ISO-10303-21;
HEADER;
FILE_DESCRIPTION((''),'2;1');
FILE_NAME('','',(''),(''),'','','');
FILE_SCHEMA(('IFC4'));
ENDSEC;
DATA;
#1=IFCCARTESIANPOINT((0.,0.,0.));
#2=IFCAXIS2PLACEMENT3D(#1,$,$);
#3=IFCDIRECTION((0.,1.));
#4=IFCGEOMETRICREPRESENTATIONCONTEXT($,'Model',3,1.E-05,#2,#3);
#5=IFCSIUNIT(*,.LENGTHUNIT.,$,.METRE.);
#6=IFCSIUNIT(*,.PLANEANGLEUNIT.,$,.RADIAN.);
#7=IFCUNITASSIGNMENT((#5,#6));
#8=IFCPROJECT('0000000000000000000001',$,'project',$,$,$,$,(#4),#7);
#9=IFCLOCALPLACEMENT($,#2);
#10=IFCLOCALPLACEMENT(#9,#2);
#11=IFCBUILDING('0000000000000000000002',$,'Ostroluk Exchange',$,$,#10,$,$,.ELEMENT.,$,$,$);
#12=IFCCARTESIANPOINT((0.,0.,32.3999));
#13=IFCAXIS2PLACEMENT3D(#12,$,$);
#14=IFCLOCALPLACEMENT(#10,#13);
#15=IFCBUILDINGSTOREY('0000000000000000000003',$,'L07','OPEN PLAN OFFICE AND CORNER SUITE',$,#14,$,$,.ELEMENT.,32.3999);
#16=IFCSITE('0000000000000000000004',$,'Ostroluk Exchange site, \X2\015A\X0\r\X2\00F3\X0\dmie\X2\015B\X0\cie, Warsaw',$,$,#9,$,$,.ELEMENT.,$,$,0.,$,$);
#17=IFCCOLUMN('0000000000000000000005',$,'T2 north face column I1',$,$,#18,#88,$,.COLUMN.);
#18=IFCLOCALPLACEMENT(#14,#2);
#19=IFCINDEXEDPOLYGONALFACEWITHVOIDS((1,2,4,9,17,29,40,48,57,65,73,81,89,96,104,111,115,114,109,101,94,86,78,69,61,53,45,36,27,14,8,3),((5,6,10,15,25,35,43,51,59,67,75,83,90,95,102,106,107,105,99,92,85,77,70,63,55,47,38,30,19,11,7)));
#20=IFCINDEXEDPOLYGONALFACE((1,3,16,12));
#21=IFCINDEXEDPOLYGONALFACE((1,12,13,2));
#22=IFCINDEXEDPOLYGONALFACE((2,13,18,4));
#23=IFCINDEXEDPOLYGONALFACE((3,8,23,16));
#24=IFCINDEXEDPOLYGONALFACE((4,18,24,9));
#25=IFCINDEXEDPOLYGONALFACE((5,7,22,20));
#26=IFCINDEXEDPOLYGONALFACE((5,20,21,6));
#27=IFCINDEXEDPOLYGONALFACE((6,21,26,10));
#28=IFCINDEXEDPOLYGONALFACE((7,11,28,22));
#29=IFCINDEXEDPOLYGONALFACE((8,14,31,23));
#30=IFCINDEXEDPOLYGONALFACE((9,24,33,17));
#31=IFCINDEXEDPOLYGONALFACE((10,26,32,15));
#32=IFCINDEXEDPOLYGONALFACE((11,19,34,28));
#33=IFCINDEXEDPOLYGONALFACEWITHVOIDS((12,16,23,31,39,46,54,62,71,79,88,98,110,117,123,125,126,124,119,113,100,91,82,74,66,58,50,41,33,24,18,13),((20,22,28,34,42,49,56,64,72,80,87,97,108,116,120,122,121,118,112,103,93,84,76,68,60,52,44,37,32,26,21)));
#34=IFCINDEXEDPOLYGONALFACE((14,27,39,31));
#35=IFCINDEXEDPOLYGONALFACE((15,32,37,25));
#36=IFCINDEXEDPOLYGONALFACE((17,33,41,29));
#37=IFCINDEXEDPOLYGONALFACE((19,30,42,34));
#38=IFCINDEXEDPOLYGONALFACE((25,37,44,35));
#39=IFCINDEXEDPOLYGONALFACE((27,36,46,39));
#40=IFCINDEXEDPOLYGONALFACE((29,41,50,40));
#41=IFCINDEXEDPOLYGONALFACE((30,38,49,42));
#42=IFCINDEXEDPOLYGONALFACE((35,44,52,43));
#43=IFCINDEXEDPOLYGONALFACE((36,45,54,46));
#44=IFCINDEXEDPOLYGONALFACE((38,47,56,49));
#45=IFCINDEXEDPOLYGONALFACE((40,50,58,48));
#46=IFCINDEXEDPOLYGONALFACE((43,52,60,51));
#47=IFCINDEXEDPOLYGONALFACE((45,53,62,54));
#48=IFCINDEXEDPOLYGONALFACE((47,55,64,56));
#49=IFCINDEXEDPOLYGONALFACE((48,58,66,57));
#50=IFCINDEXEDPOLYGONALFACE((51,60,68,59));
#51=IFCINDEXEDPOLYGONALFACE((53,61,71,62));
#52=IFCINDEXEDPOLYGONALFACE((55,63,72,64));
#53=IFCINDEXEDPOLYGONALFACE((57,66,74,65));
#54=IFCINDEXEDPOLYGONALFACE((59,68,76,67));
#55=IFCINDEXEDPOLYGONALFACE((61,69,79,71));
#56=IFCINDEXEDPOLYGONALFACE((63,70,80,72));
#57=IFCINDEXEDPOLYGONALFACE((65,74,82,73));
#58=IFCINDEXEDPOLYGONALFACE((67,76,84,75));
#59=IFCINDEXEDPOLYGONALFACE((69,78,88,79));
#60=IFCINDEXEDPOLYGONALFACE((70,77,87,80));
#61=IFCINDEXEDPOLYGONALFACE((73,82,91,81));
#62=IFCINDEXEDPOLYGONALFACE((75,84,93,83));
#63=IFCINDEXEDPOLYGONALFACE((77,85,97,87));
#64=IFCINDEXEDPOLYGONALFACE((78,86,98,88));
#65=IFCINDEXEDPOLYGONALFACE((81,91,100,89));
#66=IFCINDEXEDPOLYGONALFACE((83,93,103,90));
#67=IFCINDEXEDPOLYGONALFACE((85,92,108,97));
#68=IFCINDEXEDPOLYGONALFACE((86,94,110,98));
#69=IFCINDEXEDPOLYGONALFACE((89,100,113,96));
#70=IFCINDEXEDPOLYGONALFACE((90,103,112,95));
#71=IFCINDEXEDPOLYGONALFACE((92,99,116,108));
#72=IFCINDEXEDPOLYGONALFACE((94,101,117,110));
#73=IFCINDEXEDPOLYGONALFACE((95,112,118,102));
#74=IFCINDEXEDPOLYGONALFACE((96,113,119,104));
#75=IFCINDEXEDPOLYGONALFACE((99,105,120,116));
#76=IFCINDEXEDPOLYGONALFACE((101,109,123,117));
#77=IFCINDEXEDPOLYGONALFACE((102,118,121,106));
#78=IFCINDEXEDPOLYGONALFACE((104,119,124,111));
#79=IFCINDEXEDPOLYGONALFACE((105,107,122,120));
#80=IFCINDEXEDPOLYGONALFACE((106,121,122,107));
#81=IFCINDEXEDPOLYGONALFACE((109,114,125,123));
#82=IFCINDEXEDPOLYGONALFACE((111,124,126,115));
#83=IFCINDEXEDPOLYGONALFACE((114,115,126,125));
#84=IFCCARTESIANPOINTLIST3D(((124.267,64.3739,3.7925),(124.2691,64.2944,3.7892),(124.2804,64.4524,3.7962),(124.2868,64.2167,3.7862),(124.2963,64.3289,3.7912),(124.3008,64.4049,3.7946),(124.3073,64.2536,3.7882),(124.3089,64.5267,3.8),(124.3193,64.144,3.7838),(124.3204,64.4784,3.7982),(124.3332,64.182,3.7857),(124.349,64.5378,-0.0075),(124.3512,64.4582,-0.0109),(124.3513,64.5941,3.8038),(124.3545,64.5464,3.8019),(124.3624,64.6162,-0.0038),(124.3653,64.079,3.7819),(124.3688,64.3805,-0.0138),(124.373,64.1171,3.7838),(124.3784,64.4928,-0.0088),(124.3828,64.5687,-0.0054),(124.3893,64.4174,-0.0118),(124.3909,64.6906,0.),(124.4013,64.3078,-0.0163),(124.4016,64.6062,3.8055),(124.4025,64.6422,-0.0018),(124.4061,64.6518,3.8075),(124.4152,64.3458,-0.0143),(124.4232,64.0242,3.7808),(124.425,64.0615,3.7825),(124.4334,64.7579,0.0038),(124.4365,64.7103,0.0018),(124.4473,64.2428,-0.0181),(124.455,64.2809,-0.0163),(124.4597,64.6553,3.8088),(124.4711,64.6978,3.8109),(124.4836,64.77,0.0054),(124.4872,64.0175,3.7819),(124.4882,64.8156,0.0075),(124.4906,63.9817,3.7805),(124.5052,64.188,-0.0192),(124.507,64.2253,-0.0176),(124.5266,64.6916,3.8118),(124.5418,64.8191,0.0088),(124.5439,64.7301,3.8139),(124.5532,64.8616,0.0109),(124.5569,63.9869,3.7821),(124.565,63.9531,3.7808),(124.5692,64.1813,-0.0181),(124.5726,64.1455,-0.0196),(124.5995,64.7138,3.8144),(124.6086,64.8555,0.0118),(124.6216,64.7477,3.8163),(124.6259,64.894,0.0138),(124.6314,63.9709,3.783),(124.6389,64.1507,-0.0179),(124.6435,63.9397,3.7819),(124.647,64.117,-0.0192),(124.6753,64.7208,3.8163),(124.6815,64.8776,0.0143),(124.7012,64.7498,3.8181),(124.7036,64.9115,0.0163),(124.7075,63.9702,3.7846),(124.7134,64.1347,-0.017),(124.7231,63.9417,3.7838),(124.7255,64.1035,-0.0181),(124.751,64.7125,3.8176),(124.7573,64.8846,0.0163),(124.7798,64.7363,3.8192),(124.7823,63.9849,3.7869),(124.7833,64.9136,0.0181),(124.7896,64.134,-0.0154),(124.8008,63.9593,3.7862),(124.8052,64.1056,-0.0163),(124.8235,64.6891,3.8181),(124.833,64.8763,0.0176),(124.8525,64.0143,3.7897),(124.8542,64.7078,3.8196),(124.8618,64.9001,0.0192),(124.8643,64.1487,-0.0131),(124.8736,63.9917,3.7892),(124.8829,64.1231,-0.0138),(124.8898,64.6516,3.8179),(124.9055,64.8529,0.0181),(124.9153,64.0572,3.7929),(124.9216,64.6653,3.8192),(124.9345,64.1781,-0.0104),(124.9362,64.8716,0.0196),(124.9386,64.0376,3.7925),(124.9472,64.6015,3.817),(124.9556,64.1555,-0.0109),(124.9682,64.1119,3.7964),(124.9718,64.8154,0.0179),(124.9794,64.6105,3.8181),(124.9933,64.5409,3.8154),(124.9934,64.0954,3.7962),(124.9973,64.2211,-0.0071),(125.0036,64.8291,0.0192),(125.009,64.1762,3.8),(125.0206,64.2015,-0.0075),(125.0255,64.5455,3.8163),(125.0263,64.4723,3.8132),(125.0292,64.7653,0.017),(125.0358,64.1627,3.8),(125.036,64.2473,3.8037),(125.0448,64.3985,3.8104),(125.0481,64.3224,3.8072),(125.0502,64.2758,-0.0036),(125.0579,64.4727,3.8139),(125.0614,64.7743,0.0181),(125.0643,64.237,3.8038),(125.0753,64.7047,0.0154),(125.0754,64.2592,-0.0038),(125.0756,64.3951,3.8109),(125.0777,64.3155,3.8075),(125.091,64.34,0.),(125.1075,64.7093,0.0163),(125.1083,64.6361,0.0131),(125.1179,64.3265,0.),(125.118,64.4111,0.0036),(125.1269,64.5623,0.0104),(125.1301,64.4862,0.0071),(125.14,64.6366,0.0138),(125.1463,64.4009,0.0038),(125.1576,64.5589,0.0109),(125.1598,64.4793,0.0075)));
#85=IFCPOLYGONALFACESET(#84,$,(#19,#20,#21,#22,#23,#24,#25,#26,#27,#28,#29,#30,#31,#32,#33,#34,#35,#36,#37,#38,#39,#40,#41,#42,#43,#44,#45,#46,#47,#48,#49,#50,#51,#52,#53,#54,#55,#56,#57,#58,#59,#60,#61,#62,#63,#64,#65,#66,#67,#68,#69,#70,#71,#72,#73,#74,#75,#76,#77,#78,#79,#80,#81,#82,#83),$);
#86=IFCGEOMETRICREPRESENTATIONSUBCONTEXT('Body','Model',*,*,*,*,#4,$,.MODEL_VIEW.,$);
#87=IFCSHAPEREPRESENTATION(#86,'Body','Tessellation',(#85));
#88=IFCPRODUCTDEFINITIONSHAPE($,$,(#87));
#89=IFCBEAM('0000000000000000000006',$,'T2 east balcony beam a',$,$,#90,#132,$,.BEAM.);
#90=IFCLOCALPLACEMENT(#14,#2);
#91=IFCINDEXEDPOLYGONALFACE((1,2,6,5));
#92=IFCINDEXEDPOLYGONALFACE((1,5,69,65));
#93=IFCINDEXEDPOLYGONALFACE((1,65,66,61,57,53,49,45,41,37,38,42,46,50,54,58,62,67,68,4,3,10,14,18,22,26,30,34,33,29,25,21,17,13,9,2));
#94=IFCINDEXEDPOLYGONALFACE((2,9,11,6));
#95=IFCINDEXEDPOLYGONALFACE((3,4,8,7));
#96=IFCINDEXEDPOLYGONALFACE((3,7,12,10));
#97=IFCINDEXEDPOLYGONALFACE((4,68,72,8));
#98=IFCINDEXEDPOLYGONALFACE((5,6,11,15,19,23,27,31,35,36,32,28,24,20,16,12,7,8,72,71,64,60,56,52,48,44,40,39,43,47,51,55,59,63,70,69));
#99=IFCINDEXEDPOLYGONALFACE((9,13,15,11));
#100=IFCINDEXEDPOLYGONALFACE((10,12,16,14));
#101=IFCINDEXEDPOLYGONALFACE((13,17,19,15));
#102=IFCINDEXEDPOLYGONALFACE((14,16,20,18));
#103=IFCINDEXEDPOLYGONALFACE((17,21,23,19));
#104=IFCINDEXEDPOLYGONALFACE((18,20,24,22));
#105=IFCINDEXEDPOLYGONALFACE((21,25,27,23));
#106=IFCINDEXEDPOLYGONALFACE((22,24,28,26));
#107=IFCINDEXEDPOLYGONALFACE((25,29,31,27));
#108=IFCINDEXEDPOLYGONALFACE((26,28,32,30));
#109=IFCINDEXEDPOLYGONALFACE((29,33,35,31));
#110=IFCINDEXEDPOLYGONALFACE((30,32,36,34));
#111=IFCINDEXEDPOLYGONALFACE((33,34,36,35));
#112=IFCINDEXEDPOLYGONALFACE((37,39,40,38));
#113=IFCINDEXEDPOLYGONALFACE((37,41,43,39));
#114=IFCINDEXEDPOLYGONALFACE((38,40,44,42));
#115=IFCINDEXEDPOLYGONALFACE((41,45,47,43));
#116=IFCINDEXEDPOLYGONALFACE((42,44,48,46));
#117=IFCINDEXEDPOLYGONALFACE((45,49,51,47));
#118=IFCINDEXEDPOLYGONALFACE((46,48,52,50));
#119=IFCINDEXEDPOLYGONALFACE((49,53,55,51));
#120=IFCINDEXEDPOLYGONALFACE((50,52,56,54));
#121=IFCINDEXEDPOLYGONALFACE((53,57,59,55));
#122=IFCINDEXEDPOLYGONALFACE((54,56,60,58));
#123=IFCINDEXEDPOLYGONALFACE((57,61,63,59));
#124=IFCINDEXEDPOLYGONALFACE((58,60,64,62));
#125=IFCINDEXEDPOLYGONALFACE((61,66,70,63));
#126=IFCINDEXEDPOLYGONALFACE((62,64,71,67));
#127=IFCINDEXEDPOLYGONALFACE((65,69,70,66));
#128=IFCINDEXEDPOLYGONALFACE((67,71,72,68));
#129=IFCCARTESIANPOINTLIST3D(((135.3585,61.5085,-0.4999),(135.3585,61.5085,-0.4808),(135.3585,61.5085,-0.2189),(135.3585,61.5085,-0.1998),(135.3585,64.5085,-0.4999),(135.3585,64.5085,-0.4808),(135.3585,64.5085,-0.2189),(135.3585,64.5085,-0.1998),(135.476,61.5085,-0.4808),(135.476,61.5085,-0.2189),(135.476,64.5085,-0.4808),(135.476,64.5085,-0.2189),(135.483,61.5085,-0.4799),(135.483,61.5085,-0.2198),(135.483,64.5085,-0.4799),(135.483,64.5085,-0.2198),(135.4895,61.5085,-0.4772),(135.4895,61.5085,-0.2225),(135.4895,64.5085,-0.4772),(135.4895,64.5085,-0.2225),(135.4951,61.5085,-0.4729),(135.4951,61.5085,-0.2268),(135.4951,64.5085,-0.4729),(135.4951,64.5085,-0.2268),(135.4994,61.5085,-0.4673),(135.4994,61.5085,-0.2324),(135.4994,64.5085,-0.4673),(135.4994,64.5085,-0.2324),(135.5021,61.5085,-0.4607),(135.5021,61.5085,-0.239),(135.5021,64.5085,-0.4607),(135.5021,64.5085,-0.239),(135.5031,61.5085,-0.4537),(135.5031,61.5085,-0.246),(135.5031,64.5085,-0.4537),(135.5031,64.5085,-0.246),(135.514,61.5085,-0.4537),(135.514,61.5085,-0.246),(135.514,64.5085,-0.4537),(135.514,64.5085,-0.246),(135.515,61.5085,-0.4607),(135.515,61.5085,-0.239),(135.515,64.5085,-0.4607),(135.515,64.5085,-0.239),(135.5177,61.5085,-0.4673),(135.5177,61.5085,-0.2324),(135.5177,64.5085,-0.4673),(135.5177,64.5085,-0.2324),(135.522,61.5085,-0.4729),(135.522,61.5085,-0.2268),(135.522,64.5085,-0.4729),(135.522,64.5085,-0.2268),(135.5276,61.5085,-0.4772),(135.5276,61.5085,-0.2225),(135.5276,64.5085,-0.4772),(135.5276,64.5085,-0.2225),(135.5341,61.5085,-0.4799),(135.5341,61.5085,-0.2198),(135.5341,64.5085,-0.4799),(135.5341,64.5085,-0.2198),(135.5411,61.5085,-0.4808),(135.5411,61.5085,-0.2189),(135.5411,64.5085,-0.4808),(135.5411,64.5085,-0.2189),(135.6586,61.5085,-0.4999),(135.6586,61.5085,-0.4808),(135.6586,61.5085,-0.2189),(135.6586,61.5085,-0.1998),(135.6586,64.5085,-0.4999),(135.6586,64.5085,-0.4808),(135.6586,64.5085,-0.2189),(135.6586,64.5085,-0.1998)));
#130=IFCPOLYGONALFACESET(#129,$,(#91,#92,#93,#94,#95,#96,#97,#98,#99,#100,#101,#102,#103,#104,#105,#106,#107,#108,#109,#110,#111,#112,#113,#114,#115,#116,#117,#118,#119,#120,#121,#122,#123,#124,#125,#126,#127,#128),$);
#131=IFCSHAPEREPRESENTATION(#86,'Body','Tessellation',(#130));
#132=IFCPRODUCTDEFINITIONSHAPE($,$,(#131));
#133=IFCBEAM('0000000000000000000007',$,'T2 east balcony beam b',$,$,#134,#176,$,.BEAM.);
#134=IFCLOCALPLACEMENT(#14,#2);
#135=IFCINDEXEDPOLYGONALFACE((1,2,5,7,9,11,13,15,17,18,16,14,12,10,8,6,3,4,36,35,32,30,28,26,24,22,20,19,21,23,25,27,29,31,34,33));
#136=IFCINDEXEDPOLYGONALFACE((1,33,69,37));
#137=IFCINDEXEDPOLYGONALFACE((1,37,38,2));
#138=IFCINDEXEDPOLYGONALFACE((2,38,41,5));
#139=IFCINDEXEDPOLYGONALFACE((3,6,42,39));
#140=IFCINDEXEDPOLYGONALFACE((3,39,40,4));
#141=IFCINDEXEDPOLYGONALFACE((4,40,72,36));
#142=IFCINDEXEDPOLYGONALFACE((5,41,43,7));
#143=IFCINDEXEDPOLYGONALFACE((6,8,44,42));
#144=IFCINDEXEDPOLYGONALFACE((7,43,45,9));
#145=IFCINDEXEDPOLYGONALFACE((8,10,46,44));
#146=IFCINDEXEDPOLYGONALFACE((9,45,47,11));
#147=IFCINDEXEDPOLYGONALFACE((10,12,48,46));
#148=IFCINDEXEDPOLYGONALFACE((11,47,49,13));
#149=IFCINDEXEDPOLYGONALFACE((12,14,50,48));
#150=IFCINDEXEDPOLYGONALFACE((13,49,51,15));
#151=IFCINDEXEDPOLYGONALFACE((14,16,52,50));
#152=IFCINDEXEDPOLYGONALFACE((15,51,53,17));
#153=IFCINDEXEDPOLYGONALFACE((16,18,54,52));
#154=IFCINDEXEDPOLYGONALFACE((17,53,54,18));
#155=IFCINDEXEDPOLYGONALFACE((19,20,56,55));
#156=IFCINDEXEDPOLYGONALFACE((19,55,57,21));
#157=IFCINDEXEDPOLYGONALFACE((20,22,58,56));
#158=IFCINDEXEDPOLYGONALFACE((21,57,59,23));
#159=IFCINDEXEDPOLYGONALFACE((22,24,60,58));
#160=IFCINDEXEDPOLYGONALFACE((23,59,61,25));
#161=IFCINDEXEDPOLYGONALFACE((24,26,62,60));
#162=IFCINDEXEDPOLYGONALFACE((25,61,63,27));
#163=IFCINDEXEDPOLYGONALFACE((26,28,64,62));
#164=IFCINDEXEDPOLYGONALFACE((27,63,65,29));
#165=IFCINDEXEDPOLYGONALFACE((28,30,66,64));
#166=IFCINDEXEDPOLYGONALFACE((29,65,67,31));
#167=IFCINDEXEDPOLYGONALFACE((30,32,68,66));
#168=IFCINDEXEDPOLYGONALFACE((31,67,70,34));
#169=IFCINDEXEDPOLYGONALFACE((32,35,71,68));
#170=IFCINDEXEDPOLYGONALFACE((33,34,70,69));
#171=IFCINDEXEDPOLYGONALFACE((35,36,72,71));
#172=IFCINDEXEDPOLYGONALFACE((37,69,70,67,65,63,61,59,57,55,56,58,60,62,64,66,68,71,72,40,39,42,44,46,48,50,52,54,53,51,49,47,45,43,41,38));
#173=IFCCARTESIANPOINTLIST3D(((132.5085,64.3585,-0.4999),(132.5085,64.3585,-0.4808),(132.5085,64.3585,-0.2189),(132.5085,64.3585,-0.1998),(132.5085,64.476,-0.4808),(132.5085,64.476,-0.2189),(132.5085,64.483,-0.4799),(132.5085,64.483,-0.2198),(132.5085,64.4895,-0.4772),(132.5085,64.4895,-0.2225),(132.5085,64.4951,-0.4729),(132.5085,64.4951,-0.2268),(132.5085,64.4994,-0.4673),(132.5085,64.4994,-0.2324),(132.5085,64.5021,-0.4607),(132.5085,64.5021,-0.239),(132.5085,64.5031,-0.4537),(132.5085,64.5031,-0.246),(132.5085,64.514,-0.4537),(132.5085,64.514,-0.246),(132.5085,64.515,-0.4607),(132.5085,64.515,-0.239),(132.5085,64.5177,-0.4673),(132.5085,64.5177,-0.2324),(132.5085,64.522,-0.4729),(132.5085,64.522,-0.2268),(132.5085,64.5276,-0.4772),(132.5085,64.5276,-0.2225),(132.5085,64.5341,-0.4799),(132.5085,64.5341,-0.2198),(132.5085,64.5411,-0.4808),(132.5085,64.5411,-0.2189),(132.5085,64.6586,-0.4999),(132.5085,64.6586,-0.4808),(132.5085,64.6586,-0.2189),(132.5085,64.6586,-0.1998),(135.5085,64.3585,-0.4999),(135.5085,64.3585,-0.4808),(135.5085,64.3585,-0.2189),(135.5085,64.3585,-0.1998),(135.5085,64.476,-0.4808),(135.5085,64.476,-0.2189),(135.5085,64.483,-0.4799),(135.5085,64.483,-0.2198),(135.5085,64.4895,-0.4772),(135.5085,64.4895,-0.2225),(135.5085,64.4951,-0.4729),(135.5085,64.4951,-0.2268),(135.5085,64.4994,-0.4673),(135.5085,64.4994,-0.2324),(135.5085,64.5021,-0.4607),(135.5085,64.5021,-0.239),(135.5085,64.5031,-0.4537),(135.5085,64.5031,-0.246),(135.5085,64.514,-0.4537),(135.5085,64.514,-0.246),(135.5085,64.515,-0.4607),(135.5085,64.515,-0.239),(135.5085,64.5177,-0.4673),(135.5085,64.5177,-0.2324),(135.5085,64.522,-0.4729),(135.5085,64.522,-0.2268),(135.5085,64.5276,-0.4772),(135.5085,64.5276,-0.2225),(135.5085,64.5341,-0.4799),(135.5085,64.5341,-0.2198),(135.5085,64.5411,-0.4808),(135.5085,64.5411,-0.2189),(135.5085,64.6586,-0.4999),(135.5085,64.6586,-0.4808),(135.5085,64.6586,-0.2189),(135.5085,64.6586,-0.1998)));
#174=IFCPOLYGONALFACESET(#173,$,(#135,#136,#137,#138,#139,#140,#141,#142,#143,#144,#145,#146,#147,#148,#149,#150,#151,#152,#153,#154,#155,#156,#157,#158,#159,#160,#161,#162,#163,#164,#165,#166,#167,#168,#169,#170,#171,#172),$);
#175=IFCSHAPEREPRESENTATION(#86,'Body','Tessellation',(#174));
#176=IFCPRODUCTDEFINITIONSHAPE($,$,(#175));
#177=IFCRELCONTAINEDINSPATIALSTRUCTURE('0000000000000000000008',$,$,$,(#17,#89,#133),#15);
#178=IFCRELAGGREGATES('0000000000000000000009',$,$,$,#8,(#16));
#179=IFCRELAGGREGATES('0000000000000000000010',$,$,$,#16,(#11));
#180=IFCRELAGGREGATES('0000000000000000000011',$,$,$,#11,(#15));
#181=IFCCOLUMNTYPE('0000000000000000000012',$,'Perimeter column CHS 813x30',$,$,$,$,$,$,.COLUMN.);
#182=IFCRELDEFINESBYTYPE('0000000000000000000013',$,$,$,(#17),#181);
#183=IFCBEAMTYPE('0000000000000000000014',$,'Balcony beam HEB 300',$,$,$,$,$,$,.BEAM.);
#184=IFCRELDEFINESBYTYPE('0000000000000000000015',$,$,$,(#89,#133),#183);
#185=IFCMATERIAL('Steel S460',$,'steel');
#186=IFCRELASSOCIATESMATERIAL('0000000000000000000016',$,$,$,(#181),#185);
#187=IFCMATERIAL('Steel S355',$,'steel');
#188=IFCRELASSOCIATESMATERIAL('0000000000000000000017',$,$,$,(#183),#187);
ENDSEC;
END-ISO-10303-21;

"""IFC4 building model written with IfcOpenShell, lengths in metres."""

from ifc_helpers import new_model, si_unit, direction, frame, origin, origin_2d, place, context, subcontext, project, spatial, hollow_circle, i_section, extrude, material, material_profile, profile_set, type_object, element, save


model = new_model("IFC4")

# Units and contexts
model_context = context("Model", 3, precision=1e-05, world=origin(), true_north=direction((0.0, 1.0)))
body_context = subcontext(model_context, "Body", "Model", "MODEL_VIEW")
ifc_project = project(units=[si_unit("LENGTHUNIT", "METRE"), si_unit("PLANEANGLEUNIT", "RADIAN")], contexts=[model_context])

# Site, building, storey
site_placement = place(None, origin())
site = spatial("IfcSite", under=ifc_project, at=site_placement, Name="Ostroluk Exchange site, Śródmieście, Warsaw", CompositionType="ELEMENT", RefElevation=0.0)
building_placement = place(site_placement, origin())
building = spatial("IfcBuilding", under=site, at=building_placement, Name="Ostroluk Exchange", CompositionType="ELEMENT")
storey_placement = place(building_placement, frame((0.0, 0.0, 32.3999)))
storey = spatial("IfcBuildingStorey", under=building, at=storey_placement, Name="L07", Description="OPEN PLAN OFFICE AND CORNER SUITE", CompositionType="ELEMENT", Elevation=32.3999)

# Column
ifc_material_1 = material(Name="Steel S460", Category="steel")
ifc_material_profile_1 = material_profile(ifc_material_1, hollow_circle(Radius=0.4065, WallThickness=0.03, at=origin_2d()), Name="CHS 813x30")
ifc_profile_set_1 = profile_set([ifc_material_profile_1], Name="Steel S460")
column_type_1 = type_object("IfcColumnType", Name="Perimeter column CHS 813x30", PredefinedType="COLUMN", material=ifc_profile_set_1)
column_1_placement = place(storey_placement, frame((124.7544, 64.5085, 0.0), z_axis=(-0.021562, -0.04306, 0.99884), x_axis=(0.894161, -0.447747, 0.0)))
element("IfcColumn", 1, at=column_1_placement, inside=storey, type_object=column_type_1, Name="T2 north face column I1", PredefinedType="COLUMN", context=body_context, shape_type="SweptSolid", body=[
    extrude(hollow_circle(Radius=0.4065, WallThickness=0.03, at=origin_2d()), origin(), (0.0, 0.0, 1.0), 3.8044),
])

# Beams
ifc_material_2 = material(Name="Steel S355", Category="steel")
ifc_material_profile_2 = material_profile(ifc_material_2, i_section(OverallWidth=0.3, OverallDepth=0.3, WebThickness=0.011, FlangeThickness=0.019, FilletRadius=0.0271, at=origin_2d()), Name="HEB 300")
ifc_profile_set_2 = profile_set([ifc_material_profile_2], Name="Steel S355")
beam_type_1 = type_object("IfcBeamType", Name="Balcony beam HEB 300", PredefinedType="BEAM", material=ifc_profile_set_2)
for number, where, z_axis, x_axis, name in (
    (2, (135.5085, 61.5085, -0.3499), (0.0, 1.0, 0.0), (-1.0, 0.0, 0.0), "T2 east balcony beam a"),
    (3, (132.5085, 64.5085, -0.3499), (1.0, 0.0, 0.0), (0.0, 1.0, 0.0), "T2 east balcony beam b"),
):
    element("IfcBeam", number, at=place(storey_placement, frame(where, z_axis=z_axis, x_axis=x_axis)), inside=storey, type_object=beam_type_1, Name=name, PredefinedType="BEAM", context=body_context, shape_type="SweptSolid", body=[
        extrude(i_section(OverallWidth=0.3, OverallDepth=0.3, WebThickness=0.011, FlangeThickness=0.019, FilletRadius=0.0271, at=origin_2d()), origin(), (0.0, 0.0, 1.0), 3.0),
    ])

save(model, "model.ifc")
